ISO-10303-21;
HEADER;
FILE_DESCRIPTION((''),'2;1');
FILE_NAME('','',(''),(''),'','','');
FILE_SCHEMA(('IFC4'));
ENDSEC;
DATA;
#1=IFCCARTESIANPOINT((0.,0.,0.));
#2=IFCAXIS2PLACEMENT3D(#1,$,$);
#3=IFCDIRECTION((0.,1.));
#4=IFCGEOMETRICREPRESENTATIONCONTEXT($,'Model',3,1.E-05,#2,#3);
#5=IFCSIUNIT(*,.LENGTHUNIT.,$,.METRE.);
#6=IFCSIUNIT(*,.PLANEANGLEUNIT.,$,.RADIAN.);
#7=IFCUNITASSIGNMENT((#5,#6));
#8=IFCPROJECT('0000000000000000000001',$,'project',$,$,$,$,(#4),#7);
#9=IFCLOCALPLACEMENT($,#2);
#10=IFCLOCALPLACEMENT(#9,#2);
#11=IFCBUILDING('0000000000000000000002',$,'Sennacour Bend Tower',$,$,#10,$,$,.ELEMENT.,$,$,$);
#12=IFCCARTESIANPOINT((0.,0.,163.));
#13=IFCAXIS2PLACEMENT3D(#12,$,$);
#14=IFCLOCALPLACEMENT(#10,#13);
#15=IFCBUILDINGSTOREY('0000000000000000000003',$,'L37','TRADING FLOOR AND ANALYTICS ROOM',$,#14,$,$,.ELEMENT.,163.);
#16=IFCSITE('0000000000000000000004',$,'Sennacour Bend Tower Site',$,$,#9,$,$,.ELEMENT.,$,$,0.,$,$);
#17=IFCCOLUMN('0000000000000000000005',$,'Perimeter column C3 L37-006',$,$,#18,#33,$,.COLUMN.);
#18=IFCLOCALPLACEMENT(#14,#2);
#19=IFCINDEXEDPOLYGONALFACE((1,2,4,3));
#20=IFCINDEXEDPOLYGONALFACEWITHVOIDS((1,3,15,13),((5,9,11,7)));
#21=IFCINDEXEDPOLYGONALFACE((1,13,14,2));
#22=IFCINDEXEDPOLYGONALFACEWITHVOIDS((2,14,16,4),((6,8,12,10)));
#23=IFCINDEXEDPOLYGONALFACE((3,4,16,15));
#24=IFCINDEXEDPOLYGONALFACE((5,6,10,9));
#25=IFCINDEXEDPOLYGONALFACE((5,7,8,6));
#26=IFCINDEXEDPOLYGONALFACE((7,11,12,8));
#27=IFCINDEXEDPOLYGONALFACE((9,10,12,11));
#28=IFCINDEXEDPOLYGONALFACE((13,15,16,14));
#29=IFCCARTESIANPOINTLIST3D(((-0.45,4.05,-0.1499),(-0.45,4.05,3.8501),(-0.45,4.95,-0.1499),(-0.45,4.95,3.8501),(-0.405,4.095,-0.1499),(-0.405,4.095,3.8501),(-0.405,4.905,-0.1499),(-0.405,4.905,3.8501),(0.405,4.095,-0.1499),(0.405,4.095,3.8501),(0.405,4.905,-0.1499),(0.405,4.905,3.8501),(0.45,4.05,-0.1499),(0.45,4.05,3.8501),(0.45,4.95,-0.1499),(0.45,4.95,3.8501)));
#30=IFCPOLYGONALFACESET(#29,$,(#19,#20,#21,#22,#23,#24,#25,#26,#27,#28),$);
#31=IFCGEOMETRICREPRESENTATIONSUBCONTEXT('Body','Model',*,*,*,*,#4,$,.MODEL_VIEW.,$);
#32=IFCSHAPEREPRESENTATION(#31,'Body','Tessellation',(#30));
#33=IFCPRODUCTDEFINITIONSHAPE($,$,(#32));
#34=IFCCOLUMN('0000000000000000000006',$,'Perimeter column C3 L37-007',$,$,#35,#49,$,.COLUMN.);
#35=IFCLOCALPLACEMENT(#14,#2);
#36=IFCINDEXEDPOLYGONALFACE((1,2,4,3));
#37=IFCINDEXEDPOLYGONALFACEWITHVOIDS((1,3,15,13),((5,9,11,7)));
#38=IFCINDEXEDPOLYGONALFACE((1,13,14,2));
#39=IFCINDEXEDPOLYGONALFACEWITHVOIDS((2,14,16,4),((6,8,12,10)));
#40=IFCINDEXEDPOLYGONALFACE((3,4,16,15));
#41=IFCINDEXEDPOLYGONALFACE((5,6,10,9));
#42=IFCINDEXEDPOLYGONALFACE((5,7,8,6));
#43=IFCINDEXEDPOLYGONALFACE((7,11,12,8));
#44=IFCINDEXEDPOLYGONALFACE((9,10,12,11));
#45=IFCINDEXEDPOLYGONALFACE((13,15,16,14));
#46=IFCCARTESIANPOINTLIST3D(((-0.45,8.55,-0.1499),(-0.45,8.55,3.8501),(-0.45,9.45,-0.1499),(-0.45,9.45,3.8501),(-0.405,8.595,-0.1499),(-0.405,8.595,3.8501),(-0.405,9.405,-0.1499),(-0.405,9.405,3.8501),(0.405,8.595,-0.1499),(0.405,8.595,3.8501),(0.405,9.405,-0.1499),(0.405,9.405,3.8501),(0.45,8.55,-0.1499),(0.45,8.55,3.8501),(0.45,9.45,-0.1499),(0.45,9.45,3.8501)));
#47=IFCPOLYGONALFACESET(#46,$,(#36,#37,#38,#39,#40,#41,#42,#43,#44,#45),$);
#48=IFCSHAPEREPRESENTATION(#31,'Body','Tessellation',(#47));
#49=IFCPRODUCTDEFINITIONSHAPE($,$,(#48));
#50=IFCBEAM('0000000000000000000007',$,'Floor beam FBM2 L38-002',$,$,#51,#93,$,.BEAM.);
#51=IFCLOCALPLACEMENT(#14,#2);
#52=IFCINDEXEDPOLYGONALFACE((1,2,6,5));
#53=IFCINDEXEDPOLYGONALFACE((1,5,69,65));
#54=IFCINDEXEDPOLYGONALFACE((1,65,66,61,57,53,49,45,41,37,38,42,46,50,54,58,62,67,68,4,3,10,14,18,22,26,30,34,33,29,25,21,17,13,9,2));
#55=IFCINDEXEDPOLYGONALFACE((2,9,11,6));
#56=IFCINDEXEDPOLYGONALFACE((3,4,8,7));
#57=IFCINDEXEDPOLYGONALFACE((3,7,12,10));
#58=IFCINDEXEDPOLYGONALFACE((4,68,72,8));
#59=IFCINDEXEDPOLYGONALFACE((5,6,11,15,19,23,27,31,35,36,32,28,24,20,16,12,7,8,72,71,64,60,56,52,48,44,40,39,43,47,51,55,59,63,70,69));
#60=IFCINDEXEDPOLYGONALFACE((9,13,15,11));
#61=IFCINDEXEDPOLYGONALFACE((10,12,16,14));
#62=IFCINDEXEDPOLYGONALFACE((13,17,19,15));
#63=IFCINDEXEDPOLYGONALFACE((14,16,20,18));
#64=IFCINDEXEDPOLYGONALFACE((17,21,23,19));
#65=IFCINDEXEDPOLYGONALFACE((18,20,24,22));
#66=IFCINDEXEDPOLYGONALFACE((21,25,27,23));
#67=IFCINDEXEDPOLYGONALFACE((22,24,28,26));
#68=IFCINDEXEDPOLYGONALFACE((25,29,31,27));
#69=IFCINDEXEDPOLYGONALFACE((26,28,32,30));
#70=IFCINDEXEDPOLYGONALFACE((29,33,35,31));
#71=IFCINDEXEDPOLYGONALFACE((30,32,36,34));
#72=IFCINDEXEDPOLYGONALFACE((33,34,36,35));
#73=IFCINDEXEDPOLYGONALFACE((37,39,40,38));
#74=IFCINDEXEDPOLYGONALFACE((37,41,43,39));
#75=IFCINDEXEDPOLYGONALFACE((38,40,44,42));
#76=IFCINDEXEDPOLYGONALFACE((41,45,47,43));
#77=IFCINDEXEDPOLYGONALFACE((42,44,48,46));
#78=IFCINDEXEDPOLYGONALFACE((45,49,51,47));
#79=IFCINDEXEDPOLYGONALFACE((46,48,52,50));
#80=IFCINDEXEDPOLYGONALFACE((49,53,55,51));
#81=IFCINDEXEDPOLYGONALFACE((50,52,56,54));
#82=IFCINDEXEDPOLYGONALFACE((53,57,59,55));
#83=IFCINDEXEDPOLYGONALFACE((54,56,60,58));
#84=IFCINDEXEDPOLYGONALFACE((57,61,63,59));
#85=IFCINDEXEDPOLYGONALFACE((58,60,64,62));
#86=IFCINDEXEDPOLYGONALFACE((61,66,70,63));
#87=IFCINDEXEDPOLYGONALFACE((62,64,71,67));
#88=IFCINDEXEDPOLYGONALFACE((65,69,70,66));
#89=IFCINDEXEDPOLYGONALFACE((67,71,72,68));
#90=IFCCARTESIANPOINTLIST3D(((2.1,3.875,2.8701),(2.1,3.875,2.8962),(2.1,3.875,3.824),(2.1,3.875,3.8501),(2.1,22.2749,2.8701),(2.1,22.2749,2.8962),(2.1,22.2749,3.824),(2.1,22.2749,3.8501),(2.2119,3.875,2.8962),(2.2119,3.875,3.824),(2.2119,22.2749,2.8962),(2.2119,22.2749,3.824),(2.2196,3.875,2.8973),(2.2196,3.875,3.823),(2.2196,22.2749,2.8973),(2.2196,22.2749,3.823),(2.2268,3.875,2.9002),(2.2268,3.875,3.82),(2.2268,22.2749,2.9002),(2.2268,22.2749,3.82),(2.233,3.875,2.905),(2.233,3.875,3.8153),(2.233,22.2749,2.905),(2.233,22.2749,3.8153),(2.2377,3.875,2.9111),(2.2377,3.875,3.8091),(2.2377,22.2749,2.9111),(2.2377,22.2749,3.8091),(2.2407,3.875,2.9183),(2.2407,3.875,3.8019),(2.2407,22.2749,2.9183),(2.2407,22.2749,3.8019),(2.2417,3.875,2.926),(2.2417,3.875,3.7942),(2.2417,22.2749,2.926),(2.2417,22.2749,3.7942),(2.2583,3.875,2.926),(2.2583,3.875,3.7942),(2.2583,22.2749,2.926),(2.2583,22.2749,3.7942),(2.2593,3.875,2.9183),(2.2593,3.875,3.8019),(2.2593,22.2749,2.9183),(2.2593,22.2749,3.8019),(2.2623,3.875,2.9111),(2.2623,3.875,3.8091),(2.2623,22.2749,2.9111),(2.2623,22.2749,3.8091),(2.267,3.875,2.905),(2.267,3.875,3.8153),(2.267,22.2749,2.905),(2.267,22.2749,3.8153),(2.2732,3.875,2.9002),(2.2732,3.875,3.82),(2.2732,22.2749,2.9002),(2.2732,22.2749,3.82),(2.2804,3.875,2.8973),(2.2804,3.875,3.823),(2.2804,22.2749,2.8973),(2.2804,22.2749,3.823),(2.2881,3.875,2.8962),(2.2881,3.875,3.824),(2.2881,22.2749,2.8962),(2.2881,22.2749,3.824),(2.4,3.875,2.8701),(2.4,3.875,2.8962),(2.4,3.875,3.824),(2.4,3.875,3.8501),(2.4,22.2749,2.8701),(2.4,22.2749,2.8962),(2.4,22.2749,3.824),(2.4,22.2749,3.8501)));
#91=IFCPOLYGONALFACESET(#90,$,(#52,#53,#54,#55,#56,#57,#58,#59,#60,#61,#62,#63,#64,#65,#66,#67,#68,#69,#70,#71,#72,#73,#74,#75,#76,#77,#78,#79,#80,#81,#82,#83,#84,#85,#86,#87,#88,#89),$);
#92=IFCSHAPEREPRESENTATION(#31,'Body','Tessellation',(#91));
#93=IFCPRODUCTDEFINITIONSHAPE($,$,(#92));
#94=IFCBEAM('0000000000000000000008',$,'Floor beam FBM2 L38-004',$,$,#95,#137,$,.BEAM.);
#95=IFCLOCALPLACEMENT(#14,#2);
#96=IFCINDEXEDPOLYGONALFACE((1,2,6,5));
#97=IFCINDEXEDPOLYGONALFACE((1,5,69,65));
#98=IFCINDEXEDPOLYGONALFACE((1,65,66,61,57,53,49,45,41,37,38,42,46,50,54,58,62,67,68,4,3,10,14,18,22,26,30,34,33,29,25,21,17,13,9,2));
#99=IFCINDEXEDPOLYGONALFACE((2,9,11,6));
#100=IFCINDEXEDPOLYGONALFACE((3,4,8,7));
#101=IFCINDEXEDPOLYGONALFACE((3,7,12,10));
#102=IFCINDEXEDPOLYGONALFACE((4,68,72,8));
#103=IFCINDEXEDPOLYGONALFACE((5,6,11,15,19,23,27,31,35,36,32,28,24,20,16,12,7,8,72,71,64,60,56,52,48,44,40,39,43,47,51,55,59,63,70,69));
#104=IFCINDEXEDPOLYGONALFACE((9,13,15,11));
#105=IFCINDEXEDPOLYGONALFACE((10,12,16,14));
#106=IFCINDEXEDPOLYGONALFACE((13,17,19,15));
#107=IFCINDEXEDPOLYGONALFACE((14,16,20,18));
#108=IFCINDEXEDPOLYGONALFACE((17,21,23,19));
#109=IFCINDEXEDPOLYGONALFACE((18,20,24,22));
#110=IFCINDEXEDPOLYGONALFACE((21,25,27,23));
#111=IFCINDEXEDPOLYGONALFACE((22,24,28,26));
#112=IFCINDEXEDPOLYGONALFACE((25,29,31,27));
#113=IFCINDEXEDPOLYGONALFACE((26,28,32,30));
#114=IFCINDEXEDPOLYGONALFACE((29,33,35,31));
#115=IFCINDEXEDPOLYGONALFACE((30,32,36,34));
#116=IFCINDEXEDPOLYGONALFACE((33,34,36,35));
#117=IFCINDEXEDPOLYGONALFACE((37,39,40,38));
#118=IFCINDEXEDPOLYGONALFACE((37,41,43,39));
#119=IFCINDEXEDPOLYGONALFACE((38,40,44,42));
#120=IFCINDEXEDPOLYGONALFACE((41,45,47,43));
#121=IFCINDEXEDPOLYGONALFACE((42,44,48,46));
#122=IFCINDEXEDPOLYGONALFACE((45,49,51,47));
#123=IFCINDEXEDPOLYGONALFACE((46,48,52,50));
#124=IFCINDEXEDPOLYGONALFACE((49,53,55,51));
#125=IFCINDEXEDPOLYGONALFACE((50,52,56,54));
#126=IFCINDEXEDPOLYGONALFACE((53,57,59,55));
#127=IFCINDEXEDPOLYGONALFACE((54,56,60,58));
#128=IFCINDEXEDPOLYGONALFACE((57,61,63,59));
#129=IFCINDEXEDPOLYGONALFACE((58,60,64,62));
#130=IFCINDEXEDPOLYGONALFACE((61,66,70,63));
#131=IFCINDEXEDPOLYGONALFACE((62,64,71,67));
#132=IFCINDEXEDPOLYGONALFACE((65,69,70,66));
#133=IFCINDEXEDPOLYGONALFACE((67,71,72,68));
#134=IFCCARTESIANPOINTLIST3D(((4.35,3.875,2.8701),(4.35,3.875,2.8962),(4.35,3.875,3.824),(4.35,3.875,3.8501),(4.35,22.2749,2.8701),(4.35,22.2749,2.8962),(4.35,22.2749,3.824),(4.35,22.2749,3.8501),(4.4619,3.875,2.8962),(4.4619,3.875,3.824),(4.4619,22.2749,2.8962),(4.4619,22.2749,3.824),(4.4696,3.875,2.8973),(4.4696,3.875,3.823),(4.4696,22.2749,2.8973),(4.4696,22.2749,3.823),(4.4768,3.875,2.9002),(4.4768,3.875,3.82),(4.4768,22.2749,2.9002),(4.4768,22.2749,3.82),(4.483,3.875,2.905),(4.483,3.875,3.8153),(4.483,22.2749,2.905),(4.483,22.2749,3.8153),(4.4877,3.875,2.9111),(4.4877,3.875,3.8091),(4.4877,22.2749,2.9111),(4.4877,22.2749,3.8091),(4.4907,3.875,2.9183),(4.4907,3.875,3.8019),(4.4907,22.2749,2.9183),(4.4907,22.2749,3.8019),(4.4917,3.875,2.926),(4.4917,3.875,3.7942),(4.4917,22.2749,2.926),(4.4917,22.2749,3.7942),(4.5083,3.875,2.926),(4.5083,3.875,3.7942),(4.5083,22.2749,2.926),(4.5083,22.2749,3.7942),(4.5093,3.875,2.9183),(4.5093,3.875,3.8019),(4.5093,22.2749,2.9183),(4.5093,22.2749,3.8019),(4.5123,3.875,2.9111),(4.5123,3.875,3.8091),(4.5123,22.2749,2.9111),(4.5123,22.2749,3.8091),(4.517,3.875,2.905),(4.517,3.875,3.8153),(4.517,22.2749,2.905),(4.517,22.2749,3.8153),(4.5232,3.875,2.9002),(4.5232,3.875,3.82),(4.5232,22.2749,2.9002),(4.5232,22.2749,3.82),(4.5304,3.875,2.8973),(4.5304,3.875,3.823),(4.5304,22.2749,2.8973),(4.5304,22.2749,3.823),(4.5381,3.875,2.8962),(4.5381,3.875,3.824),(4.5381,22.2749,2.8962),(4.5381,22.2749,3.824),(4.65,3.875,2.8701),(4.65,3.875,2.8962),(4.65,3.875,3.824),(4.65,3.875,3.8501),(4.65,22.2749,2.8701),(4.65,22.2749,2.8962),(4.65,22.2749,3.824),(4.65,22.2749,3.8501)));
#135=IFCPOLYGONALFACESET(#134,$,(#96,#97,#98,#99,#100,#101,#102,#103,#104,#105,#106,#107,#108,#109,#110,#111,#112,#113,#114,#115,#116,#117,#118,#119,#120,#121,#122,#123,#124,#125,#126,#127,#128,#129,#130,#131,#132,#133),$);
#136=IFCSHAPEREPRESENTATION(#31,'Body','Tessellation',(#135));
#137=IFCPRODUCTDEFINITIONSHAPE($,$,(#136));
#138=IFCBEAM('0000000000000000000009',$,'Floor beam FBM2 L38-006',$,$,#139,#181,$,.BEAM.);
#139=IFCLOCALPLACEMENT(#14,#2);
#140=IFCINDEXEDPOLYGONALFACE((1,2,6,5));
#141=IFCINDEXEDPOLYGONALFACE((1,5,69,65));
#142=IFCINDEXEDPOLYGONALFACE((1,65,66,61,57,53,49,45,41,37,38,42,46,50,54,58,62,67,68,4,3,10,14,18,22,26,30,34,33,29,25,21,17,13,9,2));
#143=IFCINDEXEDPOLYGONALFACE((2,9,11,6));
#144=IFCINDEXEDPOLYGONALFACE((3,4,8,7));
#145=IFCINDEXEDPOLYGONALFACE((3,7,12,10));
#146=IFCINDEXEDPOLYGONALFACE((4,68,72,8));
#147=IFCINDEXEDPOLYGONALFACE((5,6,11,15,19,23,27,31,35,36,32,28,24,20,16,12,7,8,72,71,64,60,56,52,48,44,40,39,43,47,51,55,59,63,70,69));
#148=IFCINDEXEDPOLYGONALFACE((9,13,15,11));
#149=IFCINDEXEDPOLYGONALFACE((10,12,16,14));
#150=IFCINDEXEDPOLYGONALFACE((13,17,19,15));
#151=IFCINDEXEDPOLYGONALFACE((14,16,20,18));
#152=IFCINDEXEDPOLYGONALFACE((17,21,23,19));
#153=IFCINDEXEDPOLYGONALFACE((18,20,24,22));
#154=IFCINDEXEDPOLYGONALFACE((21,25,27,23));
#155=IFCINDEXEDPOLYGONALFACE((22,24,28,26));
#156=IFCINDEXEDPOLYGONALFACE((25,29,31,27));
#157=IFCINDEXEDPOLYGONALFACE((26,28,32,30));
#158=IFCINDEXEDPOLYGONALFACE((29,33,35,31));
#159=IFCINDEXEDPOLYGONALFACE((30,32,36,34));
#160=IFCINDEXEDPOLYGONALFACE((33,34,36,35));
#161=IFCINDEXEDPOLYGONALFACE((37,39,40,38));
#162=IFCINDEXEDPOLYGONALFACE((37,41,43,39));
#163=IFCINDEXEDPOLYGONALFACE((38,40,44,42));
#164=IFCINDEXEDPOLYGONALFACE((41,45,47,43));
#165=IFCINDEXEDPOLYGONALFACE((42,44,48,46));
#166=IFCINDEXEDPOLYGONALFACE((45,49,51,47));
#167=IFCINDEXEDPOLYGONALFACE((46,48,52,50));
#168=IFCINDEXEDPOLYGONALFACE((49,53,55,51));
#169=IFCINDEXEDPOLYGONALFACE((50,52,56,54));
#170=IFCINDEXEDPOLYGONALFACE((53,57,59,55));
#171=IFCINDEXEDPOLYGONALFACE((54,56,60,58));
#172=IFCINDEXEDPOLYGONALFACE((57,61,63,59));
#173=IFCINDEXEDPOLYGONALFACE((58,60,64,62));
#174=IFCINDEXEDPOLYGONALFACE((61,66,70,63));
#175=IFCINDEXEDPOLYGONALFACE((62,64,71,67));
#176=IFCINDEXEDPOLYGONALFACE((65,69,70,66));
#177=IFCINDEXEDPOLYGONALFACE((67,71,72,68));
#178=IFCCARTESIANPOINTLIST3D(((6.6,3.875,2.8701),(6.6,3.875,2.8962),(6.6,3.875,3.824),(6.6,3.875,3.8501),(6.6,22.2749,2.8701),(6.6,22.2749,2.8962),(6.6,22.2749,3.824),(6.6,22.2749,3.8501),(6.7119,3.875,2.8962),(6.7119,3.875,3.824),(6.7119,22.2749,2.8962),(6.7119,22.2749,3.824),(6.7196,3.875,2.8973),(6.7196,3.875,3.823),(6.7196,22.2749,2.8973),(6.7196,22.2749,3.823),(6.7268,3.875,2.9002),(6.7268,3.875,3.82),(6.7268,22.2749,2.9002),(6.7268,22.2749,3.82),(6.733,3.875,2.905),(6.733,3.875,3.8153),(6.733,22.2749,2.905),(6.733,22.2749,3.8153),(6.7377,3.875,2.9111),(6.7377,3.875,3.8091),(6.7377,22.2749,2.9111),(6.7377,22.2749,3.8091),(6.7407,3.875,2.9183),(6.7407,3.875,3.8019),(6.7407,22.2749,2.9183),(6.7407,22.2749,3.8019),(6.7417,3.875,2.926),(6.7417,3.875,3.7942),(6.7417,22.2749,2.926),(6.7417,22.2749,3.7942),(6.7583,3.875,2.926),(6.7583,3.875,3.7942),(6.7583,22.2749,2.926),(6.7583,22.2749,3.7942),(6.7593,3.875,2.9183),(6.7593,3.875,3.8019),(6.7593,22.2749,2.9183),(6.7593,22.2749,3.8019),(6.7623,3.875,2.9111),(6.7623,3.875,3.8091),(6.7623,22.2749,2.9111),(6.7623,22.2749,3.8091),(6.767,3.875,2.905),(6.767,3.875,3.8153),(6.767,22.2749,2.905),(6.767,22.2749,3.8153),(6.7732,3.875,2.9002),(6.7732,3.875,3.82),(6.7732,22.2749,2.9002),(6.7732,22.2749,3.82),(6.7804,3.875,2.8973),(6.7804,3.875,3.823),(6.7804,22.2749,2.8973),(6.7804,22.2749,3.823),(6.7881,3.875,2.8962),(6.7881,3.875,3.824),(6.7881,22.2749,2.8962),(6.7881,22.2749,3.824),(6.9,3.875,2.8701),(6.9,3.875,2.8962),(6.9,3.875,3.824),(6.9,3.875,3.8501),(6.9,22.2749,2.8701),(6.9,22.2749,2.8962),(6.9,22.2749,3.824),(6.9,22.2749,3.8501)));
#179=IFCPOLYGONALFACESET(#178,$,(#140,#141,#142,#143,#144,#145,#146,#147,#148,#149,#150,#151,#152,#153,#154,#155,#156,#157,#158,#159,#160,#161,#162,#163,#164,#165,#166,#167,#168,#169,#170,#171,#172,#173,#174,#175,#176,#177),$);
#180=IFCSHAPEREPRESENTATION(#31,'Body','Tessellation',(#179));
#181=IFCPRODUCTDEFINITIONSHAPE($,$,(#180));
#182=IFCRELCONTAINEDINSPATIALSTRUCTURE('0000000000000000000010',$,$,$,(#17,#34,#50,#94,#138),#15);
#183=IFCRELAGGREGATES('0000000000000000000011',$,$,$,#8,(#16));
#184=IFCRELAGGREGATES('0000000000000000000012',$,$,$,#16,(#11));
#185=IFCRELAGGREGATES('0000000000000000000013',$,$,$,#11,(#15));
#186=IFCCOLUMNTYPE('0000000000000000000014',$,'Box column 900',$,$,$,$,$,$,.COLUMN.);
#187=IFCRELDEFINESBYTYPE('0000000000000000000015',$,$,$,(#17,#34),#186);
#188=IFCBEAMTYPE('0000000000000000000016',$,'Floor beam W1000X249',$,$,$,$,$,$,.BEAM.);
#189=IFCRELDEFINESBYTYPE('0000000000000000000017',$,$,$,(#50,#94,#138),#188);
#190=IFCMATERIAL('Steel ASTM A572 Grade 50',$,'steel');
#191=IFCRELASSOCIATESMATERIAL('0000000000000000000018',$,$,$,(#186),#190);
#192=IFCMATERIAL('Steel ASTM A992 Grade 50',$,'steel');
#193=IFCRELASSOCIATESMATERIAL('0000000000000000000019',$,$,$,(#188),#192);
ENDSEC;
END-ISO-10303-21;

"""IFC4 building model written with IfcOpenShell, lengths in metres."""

from ifc_helpers import new_model, si_unit, direction, frame, origin, origin_2d, place, context, subcontext, project, spatial, hollow_rectangle, i_section, extrude, material, material_profile, profile_set, type_object, element, save


model = new_model("IFC4")

# Units and contexts
model_context = context("Model", 3, precision=1e-05, world=origin(), true_north=direction((0.0, 1.0)))
body_context = subcontext(model_context, "Body", "Model", "MODEL_VIEW")
ifc_project = project(units=[si_unit("LENGTHUNIT", "METRE"), si_unit("PLANEANGLEUNIT", "RADIAN")], contexts=[model_context])

# Site, building, storey
site_placement = place(None, origin())
site = spatial("IfcSite", under=ifc_project, at=site_placement, Name="Sennacour Bend Tower Site", CompositionType="ELEMENT", RefElevation=0.0)
building_placement = place(site_placement, origin())
building = spatial("IfcBuilding", under=site, at=building_placement, Name="Sennacour Bend Tower", CompositionType="ELEMENT")
storey_placement = place(building_placement, frame((0.0, 0.0, 163.0)))
storey = spatial("IfcBuildingStorey", under=building, at=storey_placement, Name="L37", Description="TRADING FLOOR AND ANALYTICS ROOM", CompositionType="ELEMENT", Elevation=163.0)

# Columns
ifc_material_1 = material(Name="Steel ASTM A572 Grade 50", Category="steel")
ifc_material_profile_1 = material_profile(ifc_material_1, hollow_rectangle(XDim=0.8999, YDim=0.8999, WallThickness=0.0449, at=origin_2d()), Name="Steel ASTM A572 Grade 50", Category="steel")
ifc_profile_set_1 = profile_set([ifc_material_profile_1], Name="Steel ASTM A572 Grade 50")
column_type = type_object("IfcColumnType", Name="Box column 900", PredefinedType="COLUMN", material=ifc_profile_set_1)
for number, where, z_axis, x_axis, name in (
    (1, (0.0, 4.5, -0.1499), (0.0, 0.0, 1.0), (1.0, 0.0, 0.0), "Perimeter column C3 L37-006"),
    (2, (0.0, 9.0, -0.1499), (0.0, 0.0, 1.0), (1.0, 0.0, 0.0), "Perimeter column C3 L37-007"),
):
    element("IfcColumn", number, at=place(storey_placement, frame(where, z_axis=z_axis, x_axis=x_axis)), inside=storey, type_object=column_type, Name=name, PredefinedType="COLUMN", context=body_context, shape_type="SweptSolid", body=[
        extrude(hollow_rectangle(XDim=0.8999, YDim=0.8999, WallThickness=0.0449, at=origin_2d()), origin(), (0.0, 0.0, 1.0), 4.0),
    ])

# Beams
ifc_material_2 = material(Name="Steel ASTM A992 Grade 50", Category="steel")
ifc_material_profile_2 = material_profile(ifc_material_2, i_section(OverallWidth=0.3, OverallDepth=0.98, WebThickness=0.0166, FlangeThickness=0.0261, FilletRadius=0.0298, at=origin_2d()), Name="Steel ASTM A992 Grade 50", Category="steel")
ifc_profile_set_2 = profile_set([ifc_material_profile_2], Name="Steel ASTM A992 Grade 50")
beam_type_1 = type_object("IfcBeamType", Name="Floor beam W1000X249", PredefinedType="BEAM", material=ifc_profile_set_2)
for number, where, z_axis, x_axis, name in (
    (3, (2.25, 3.875, 3.3601), (0.0, 1.0, 0.0), (-1.0, 0.0, 0.0), "Floor beam FBM2 L38-002"),
    (4, (4.5, 3.875, 3.3601), (0.0, 1.0, 0.0), (-1.0, 0.0, 0.0), "Floor beam FBM2 L38-004"),
    (5, (6.75, 3.875, 3.3601), (0.0, 1.0, 0.0), (-1.0, 0.0, 0.0), "Floor beam FBM2 L38-006"),
):
    element("IfcBeam", number, at=place(storey_placement, frame(where, z_axis=z_axis, x_axis=x_axis)), inside=storey, type_object=beam_type_1, Name=name, PredefinedType="BEAM", context=body_context, shape_type="SweptSolid", body=[
        extrude(i_section(OverallWidth=0.3, OverallDepth=0.98, WebThickness=0.0166, FlangeThickness=0.0261, FilletRadius=0.0298, at=origin_2d()), origin(), (0.0, 0.0, 1.0), 18.3999),
    ])

save(model, "model.ifc")
